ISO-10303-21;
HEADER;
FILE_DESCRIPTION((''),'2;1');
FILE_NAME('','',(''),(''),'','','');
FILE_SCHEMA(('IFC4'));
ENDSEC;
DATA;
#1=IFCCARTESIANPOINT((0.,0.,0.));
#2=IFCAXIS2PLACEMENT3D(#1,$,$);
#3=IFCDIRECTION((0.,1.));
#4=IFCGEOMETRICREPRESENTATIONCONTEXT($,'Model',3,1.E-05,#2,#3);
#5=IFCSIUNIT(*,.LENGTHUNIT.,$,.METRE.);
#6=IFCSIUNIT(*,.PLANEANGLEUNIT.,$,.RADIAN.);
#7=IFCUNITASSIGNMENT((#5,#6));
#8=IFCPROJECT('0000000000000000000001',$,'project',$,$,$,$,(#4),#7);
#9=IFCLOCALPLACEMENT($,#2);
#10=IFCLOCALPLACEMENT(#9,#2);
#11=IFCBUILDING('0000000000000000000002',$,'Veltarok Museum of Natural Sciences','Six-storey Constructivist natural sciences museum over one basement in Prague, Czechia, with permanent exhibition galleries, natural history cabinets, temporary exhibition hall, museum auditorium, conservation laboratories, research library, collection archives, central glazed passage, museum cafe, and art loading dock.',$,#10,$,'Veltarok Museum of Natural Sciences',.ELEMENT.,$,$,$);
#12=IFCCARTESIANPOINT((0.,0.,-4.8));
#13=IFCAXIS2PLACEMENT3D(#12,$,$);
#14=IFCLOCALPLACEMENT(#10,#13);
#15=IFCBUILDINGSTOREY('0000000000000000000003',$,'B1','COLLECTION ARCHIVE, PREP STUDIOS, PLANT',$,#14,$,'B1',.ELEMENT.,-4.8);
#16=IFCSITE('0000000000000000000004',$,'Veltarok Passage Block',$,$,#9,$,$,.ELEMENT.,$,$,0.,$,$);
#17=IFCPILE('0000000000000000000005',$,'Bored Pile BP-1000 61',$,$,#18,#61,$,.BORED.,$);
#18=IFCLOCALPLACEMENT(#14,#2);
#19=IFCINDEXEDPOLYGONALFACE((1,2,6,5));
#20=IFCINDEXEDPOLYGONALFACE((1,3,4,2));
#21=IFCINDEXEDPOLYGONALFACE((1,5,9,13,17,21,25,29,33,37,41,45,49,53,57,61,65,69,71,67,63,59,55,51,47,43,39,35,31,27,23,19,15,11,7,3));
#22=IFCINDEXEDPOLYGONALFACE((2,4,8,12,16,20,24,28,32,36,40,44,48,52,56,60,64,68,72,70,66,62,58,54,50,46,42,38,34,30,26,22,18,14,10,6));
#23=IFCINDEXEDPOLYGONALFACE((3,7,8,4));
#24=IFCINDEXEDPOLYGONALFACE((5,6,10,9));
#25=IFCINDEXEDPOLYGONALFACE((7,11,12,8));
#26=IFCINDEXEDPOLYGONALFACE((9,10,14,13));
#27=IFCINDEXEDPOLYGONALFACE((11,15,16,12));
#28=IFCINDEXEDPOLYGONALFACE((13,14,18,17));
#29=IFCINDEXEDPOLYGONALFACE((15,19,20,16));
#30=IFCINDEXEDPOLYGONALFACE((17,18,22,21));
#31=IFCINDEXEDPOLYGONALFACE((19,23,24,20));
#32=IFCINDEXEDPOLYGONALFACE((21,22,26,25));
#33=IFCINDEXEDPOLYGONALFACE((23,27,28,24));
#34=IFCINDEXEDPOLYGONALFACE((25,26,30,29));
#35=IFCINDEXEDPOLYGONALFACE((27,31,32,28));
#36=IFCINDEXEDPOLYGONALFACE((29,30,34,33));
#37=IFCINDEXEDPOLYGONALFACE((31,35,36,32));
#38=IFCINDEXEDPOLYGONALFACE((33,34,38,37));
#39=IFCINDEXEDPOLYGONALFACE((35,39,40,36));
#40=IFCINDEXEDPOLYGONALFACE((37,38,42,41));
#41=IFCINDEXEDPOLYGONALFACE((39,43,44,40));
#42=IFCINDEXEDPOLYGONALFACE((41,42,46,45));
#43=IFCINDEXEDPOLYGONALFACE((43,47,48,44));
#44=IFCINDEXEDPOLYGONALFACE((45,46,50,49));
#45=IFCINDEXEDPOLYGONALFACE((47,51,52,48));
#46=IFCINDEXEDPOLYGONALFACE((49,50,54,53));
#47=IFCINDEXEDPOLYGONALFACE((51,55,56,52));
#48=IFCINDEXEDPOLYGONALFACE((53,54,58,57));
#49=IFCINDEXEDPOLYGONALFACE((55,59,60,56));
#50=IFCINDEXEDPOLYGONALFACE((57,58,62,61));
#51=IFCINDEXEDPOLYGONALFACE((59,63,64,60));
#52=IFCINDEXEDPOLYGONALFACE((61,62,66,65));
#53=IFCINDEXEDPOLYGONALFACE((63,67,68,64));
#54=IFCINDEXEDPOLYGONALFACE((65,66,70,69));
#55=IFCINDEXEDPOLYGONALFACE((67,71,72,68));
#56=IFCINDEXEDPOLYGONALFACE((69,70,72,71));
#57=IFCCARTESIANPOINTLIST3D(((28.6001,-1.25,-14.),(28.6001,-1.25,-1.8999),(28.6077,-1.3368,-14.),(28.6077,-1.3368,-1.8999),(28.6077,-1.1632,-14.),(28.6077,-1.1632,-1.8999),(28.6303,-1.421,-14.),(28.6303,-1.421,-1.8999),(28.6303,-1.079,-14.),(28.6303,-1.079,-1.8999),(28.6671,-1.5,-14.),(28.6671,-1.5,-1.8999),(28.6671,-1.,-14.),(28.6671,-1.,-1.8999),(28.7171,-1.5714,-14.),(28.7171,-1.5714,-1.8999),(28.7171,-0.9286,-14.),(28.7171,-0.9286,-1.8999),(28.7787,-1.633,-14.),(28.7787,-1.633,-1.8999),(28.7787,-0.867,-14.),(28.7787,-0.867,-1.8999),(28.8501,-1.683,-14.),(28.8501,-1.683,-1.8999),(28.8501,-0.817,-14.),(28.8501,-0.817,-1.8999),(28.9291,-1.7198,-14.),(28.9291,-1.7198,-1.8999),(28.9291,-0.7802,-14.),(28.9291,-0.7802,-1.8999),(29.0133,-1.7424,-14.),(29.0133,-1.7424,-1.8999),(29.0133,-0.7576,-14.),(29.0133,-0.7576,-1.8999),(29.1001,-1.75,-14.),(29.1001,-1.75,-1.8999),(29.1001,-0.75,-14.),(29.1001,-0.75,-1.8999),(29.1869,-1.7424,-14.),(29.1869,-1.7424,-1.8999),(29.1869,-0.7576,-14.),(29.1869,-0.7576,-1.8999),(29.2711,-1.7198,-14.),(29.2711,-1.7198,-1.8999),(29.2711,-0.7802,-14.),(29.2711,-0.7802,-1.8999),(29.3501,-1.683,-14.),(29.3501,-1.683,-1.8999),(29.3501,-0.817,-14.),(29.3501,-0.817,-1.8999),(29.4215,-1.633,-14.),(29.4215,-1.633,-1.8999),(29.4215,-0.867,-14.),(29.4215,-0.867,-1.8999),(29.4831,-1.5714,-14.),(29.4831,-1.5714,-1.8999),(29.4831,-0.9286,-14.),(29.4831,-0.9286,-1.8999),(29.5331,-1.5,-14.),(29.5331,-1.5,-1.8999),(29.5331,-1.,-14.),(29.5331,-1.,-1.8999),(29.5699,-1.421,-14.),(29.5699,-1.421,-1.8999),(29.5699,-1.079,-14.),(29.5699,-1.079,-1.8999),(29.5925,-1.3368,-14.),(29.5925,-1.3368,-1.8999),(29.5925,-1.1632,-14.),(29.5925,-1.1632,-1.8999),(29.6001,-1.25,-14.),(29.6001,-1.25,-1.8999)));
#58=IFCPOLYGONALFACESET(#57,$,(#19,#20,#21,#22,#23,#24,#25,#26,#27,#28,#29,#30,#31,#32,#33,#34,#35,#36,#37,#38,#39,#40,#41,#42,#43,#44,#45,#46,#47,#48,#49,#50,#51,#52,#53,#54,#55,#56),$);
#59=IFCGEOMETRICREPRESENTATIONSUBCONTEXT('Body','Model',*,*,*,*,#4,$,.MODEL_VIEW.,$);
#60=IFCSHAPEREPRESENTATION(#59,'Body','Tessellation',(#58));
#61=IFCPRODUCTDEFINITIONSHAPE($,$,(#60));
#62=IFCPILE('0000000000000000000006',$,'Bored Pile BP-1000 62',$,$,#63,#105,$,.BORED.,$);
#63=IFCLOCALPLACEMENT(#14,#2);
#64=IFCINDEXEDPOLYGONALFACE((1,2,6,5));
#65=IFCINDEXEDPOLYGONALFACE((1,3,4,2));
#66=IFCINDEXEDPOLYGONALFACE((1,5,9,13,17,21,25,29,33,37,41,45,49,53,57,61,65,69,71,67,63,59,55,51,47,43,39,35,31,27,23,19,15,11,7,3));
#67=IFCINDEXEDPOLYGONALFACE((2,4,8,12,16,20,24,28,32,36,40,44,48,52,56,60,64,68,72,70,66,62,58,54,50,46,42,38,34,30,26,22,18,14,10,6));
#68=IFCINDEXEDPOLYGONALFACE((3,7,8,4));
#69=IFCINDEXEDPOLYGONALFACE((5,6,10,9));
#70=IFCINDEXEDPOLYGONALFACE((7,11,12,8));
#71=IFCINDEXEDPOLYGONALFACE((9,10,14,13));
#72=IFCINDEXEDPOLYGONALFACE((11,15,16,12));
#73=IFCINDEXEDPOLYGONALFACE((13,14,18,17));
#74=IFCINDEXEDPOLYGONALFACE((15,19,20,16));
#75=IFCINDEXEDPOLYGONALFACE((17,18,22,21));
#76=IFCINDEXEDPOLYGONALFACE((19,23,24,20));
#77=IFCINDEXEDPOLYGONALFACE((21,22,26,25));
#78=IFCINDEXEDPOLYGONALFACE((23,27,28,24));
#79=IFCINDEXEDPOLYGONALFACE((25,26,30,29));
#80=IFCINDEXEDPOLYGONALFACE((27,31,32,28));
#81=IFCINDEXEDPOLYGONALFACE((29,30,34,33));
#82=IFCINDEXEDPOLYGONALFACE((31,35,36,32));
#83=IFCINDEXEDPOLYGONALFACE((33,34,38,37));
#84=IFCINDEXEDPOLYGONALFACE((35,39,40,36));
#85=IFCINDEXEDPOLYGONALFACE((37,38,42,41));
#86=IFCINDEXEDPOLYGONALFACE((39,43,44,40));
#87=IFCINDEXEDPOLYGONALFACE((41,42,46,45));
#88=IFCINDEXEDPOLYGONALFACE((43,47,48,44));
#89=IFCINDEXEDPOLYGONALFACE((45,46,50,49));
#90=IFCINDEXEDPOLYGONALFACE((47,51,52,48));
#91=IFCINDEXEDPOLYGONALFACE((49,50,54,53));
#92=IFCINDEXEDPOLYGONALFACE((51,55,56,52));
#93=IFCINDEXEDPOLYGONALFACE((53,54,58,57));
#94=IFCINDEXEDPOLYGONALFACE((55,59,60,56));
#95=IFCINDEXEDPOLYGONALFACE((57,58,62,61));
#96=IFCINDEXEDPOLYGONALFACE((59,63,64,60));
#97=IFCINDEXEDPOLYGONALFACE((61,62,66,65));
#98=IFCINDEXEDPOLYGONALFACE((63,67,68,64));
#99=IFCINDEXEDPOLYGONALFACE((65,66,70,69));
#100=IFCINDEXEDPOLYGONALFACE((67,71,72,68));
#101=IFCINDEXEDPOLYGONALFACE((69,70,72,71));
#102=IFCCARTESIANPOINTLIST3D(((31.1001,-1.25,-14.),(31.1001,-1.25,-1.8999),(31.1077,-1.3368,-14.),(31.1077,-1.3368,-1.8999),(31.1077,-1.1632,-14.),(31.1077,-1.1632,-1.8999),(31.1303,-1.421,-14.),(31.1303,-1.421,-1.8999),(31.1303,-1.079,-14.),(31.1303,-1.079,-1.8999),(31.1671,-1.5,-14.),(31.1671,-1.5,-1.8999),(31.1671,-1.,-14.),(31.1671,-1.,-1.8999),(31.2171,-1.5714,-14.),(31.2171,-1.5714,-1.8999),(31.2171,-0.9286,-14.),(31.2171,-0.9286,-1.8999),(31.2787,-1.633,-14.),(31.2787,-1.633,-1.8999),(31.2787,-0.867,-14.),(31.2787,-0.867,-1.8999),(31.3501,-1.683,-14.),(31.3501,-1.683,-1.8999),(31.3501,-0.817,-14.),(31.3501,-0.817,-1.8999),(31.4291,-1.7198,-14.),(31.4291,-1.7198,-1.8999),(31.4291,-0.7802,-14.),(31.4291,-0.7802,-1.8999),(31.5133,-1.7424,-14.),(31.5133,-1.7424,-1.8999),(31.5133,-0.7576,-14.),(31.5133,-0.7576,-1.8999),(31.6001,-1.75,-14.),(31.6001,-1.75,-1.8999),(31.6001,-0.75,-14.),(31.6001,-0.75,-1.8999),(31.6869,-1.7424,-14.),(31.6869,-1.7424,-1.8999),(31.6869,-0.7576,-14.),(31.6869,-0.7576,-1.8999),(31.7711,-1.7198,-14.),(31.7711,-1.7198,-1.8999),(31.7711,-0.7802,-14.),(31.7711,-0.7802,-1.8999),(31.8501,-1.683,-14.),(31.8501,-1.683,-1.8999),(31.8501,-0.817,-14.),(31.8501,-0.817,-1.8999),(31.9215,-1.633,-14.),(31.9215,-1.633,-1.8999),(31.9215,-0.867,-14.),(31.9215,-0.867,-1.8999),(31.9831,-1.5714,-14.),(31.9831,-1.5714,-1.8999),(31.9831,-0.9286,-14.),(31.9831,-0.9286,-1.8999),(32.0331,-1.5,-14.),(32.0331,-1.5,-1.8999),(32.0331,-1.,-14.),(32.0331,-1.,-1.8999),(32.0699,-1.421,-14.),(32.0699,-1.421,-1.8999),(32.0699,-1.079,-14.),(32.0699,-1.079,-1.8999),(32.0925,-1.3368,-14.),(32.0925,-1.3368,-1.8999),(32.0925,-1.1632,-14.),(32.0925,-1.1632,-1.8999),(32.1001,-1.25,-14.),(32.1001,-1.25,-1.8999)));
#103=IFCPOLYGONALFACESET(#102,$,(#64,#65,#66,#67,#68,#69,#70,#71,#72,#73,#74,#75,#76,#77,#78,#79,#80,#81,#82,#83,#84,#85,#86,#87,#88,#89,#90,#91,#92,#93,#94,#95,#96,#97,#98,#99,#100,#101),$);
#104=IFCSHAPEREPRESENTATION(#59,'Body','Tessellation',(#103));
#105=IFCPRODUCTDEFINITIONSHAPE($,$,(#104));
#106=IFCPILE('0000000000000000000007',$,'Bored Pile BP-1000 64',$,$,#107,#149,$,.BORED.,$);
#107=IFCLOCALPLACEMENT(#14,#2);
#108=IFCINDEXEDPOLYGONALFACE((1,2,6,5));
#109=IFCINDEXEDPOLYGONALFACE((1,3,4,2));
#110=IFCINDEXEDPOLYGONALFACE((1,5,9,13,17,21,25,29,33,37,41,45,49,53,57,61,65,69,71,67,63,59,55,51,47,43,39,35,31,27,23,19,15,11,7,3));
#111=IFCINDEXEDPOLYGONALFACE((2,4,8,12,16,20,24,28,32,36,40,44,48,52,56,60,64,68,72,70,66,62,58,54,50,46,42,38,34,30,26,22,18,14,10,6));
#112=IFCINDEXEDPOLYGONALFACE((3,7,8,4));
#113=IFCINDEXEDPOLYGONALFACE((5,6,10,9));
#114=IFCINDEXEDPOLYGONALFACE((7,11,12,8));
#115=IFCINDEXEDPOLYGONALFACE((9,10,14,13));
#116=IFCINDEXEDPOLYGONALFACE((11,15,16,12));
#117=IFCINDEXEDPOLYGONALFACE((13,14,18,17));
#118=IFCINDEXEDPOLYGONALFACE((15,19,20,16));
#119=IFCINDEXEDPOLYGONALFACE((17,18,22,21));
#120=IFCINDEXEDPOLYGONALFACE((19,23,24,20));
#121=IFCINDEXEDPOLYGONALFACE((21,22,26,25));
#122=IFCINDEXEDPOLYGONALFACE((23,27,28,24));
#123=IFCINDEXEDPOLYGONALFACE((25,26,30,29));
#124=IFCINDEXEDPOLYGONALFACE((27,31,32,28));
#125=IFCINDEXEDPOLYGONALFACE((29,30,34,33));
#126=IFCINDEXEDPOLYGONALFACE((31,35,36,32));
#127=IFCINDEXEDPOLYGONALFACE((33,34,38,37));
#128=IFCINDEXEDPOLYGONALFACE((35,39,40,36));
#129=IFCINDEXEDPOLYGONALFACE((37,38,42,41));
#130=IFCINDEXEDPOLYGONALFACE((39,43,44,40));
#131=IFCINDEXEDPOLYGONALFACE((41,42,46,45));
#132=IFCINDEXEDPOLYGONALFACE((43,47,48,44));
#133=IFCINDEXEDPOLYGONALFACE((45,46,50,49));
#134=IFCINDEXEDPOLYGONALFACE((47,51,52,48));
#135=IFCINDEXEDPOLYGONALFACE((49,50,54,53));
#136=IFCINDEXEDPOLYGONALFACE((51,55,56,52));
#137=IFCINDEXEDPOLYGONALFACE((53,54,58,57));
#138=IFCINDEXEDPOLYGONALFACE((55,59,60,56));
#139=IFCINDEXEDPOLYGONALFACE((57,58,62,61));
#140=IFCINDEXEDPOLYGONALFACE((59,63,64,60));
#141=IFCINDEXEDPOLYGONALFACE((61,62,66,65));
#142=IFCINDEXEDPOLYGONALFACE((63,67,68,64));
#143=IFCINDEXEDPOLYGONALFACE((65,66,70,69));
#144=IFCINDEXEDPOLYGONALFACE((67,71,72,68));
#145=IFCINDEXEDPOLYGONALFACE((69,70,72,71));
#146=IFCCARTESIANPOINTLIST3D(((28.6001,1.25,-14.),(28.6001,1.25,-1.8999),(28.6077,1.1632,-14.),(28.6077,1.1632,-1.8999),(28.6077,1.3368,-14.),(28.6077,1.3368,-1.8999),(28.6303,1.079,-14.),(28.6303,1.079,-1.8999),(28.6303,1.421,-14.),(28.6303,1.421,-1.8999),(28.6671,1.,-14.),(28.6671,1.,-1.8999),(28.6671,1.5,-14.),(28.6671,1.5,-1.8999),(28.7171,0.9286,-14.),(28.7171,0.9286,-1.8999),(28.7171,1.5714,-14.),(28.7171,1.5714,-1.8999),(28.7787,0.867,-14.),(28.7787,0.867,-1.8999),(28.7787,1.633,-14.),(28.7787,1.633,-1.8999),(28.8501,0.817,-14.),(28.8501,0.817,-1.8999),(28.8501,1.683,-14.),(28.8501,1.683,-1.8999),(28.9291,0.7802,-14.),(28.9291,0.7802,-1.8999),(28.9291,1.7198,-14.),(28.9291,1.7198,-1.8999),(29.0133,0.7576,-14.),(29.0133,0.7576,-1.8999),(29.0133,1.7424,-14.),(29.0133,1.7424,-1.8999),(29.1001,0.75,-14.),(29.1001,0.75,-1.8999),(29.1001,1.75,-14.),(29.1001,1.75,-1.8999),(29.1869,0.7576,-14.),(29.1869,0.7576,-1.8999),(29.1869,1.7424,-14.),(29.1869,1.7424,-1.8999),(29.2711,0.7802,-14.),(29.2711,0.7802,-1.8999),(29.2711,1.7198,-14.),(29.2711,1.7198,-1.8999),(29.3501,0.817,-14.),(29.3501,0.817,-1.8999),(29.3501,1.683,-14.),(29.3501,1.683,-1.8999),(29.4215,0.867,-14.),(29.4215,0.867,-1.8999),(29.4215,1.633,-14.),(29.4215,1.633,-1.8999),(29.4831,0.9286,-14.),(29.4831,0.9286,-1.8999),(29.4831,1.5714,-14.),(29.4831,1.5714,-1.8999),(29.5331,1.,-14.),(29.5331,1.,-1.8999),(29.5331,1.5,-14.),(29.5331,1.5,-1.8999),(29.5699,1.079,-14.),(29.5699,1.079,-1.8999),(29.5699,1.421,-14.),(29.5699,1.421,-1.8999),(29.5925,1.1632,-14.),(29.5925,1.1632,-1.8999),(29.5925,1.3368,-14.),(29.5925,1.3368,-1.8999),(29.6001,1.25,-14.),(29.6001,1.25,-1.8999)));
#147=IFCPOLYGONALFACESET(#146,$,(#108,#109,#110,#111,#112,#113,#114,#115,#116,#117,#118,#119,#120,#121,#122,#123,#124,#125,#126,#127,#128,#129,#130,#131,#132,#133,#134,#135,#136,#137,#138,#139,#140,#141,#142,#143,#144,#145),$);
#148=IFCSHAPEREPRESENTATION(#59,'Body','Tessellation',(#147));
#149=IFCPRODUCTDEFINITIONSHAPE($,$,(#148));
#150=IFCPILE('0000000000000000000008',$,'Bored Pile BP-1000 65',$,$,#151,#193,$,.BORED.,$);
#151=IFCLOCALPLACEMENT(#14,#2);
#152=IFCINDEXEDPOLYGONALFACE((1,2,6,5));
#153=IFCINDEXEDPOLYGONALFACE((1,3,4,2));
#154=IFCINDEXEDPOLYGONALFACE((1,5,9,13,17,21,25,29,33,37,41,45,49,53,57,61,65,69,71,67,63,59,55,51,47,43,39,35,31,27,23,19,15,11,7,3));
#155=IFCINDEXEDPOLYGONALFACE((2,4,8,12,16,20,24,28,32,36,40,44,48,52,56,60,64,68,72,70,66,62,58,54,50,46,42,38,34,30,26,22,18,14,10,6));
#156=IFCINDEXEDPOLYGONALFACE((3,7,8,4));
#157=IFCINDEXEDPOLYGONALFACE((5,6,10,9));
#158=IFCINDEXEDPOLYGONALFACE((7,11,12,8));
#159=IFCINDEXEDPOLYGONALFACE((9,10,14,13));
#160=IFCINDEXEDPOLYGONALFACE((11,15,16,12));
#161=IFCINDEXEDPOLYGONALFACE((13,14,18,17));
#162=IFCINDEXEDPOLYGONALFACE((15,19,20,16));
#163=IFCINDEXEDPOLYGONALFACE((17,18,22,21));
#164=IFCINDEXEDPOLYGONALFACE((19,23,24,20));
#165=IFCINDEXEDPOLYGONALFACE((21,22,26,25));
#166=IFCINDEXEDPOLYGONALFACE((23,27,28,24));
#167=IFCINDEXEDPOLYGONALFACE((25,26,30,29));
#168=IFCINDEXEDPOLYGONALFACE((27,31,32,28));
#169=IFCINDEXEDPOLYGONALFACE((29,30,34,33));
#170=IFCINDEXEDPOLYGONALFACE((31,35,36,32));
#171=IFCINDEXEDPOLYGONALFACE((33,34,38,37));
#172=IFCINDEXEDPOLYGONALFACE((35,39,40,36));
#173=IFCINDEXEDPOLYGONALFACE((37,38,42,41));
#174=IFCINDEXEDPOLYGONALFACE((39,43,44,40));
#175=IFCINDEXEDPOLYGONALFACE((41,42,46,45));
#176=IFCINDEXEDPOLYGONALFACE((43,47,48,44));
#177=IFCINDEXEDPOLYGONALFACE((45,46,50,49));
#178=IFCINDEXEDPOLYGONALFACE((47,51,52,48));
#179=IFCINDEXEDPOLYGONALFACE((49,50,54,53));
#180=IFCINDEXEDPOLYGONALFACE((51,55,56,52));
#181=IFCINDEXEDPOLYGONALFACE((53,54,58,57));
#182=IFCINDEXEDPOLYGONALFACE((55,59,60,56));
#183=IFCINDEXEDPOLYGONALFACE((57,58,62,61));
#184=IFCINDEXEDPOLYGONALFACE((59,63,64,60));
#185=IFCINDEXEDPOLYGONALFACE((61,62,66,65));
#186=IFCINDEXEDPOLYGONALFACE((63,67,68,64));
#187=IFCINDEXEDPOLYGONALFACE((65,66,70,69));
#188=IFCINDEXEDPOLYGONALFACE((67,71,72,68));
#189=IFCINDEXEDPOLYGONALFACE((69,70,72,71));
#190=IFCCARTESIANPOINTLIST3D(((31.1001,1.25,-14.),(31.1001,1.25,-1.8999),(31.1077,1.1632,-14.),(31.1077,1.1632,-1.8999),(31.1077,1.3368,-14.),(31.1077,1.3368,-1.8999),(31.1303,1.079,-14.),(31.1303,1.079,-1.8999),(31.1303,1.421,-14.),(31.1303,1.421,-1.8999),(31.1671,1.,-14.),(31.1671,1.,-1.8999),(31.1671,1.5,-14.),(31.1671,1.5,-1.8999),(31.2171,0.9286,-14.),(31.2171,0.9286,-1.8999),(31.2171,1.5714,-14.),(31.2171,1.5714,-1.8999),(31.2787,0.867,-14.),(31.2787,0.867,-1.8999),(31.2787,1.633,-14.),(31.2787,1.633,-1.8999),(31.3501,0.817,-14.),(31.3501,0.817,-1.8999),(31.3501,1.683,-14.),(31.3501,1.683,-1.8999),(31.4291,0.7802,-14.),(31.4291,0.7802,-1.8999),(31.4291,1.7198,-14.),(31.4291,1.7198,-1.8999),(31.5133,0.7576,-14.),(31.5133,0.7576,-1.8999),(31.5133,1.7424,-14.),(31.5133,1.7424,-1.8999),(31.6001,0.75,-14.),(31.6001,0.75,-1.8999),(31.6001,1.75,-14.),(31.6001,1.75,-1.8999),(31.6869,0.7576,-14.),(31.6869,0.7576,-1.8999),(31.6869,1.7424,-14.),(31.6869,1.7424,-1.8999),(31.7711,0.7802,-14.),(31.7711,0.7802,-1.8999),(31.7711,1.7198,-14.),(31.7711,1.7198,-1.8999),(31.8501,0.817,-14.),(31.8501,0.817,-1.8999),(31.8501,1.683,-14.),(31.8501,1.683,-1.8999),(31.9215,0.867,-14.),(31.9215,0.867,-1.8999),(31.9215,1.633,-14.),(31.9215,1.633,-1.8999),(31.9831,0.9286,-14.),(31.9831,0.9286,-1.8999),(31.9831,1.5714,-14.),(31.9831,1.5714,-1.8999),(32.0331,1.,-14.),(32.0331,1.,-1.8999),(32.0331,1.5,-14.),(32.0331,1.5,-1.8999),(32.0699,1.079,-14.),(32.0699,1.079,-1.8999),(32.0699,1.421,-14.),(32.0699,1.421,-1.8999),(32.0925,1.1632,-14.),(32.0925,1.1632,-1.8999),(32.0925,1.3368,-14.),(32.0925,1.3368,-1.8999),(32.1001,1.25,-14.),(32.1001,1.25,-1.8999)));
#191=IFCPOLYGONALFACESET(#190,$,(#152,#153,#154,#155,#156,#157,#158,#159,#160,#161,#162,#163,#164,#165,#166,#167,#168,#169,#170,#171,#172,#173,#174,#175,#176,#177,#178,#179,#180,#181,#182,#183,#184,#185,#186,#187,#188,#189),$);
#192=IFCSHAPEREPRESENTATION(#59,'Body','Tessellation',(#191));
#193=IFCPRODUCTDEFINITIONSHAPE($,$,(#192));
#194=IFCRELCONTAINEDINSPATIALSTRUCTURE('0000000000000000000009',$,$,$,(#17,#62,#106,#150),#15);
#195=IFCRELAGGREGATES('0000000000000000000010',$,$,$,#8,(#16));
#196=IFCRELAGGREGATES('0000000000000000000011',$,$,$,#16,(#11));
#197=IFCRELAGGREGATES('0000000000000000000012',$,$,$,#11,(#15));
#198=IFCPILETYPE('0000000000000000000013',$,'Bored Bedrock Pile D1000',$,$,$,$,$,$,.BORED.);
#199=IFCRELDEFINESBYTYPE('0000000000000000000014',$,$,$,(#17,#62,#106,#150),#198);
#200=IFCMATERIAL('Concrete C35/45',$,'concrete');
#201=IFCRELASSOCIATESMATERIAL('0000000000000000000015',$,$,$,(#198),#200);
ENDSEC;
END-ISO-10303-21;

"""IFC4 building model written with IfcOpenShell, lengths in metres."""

from ifc_helpers import new_model, si_unit, direction, frame, origin, origin_2d, place, context, subcontext, project, spatial, circle, extrude, material, material_profile, profile_set, type_object, element, save


model = new_model("IFC4")

# Units and contexts
model_context = context("Model", 3, precision=1e-05, world=origin(), true_north=direction((0.0, 1.0)))
body_context = subcontext(model_context, "Body", "Model", "MODEL_VIEW")
ifc_project = project(units=[si_unit("LENGTHUNIT", "METRE"), si_unit("PLANEANGLEUNIT", "RADIAN")], contexts=[model_context])

# Site, building, storey
site_placement = place(None, origin())
site = spatial("IfcSite", under=ifc_project, at=site_placement, Name="Veltarok Passage Block", CompositionType="ELEMENT", RefElevation=0.0)
building_placement = place(site_placement, origin())
building = spatial("IfcBuilding", under=site, at=building_placement, Name="Veltarok Museum of Natural Sciences", Description="Six-storey Constructivist natural sciences museum over one basement in Prague, Czechia, with permanent exhibition galleries, natural history cabinets, temporary exhibition hall, museum auditorium, conservation laboratories, research library, collection archives, central glazed passage, museum cafe, and art loading dock.", LongName="Veltarok Museum of Natural Sciences", CompositionType="ELEMENT")
storey_placement = place(building_placement, frame((0.0, 0.0, -4.8)))
storey = spatial("IfcBuildingStorey", under=building, at=storey_placement, Name="B1", Description="COLLECTION ARCHIVE, PREP STUDIOS, PLANT", LongName="B1", CompositionType="ELEMENT", Elevation=-4.8)

# Piles
ifc_material_1 = material(Name="Concrete C35/45", Category="concrete")
ifc_material_profile_1 = material_profile(ifc_material_1, circle(Radius=0.5, at=origin_2d()), Name="BP D1000")
ifc_profile_set_1 = profile_set([ifc_material_profile_1], Name="Concrete C35/45")
pile_type_1 = type_object("IfcPileType", Name="Bored Bedrock Pile D1000", PredefinedType="BORED", material=ifc_profile_set_1)
for number, where, z_axis, x_axis, name in (
    (1, (29.1001, -1.25, -1.8999), (0.0, 0.0, -1.0), (1.0, 0.0, 0.0), "Bored Pile BP-1000 61"),
    (2, (31.6001, -1.25, -1.8999), (0.0, 0.0, -1.0), (1.0, 0.0, 0.0), "Bored Pile BP-1000 62"),
    (3, (29.1001, 1.25, -1.8999), (0.0, 0.0, -1.0), (1.0, 0.0, 0.0), "Bored Pile BP-1000 64"),
    (4, (31.6001, 1.25, -1.8999), (0.0, 0.0, -1.0), (1.0, 0.0, 0.0), "Bored Pile BP-1000 65"),
):
    element("IfcPile", number, at=place(storey_placement, frame(where, z_axis=z_axis, x_axis=x_axis)), inside=storey, type_object=pile_type_1, Name=name, PredefinedType="BORED", context=body_context, shape_type="SweptSolid", body=[
        extrude(circle(Radius=0.5, at=origin_2d()), origin(), (0.0, 0.0, 1.0), 12.1001),
    ])

save(model, "model.ifc")
